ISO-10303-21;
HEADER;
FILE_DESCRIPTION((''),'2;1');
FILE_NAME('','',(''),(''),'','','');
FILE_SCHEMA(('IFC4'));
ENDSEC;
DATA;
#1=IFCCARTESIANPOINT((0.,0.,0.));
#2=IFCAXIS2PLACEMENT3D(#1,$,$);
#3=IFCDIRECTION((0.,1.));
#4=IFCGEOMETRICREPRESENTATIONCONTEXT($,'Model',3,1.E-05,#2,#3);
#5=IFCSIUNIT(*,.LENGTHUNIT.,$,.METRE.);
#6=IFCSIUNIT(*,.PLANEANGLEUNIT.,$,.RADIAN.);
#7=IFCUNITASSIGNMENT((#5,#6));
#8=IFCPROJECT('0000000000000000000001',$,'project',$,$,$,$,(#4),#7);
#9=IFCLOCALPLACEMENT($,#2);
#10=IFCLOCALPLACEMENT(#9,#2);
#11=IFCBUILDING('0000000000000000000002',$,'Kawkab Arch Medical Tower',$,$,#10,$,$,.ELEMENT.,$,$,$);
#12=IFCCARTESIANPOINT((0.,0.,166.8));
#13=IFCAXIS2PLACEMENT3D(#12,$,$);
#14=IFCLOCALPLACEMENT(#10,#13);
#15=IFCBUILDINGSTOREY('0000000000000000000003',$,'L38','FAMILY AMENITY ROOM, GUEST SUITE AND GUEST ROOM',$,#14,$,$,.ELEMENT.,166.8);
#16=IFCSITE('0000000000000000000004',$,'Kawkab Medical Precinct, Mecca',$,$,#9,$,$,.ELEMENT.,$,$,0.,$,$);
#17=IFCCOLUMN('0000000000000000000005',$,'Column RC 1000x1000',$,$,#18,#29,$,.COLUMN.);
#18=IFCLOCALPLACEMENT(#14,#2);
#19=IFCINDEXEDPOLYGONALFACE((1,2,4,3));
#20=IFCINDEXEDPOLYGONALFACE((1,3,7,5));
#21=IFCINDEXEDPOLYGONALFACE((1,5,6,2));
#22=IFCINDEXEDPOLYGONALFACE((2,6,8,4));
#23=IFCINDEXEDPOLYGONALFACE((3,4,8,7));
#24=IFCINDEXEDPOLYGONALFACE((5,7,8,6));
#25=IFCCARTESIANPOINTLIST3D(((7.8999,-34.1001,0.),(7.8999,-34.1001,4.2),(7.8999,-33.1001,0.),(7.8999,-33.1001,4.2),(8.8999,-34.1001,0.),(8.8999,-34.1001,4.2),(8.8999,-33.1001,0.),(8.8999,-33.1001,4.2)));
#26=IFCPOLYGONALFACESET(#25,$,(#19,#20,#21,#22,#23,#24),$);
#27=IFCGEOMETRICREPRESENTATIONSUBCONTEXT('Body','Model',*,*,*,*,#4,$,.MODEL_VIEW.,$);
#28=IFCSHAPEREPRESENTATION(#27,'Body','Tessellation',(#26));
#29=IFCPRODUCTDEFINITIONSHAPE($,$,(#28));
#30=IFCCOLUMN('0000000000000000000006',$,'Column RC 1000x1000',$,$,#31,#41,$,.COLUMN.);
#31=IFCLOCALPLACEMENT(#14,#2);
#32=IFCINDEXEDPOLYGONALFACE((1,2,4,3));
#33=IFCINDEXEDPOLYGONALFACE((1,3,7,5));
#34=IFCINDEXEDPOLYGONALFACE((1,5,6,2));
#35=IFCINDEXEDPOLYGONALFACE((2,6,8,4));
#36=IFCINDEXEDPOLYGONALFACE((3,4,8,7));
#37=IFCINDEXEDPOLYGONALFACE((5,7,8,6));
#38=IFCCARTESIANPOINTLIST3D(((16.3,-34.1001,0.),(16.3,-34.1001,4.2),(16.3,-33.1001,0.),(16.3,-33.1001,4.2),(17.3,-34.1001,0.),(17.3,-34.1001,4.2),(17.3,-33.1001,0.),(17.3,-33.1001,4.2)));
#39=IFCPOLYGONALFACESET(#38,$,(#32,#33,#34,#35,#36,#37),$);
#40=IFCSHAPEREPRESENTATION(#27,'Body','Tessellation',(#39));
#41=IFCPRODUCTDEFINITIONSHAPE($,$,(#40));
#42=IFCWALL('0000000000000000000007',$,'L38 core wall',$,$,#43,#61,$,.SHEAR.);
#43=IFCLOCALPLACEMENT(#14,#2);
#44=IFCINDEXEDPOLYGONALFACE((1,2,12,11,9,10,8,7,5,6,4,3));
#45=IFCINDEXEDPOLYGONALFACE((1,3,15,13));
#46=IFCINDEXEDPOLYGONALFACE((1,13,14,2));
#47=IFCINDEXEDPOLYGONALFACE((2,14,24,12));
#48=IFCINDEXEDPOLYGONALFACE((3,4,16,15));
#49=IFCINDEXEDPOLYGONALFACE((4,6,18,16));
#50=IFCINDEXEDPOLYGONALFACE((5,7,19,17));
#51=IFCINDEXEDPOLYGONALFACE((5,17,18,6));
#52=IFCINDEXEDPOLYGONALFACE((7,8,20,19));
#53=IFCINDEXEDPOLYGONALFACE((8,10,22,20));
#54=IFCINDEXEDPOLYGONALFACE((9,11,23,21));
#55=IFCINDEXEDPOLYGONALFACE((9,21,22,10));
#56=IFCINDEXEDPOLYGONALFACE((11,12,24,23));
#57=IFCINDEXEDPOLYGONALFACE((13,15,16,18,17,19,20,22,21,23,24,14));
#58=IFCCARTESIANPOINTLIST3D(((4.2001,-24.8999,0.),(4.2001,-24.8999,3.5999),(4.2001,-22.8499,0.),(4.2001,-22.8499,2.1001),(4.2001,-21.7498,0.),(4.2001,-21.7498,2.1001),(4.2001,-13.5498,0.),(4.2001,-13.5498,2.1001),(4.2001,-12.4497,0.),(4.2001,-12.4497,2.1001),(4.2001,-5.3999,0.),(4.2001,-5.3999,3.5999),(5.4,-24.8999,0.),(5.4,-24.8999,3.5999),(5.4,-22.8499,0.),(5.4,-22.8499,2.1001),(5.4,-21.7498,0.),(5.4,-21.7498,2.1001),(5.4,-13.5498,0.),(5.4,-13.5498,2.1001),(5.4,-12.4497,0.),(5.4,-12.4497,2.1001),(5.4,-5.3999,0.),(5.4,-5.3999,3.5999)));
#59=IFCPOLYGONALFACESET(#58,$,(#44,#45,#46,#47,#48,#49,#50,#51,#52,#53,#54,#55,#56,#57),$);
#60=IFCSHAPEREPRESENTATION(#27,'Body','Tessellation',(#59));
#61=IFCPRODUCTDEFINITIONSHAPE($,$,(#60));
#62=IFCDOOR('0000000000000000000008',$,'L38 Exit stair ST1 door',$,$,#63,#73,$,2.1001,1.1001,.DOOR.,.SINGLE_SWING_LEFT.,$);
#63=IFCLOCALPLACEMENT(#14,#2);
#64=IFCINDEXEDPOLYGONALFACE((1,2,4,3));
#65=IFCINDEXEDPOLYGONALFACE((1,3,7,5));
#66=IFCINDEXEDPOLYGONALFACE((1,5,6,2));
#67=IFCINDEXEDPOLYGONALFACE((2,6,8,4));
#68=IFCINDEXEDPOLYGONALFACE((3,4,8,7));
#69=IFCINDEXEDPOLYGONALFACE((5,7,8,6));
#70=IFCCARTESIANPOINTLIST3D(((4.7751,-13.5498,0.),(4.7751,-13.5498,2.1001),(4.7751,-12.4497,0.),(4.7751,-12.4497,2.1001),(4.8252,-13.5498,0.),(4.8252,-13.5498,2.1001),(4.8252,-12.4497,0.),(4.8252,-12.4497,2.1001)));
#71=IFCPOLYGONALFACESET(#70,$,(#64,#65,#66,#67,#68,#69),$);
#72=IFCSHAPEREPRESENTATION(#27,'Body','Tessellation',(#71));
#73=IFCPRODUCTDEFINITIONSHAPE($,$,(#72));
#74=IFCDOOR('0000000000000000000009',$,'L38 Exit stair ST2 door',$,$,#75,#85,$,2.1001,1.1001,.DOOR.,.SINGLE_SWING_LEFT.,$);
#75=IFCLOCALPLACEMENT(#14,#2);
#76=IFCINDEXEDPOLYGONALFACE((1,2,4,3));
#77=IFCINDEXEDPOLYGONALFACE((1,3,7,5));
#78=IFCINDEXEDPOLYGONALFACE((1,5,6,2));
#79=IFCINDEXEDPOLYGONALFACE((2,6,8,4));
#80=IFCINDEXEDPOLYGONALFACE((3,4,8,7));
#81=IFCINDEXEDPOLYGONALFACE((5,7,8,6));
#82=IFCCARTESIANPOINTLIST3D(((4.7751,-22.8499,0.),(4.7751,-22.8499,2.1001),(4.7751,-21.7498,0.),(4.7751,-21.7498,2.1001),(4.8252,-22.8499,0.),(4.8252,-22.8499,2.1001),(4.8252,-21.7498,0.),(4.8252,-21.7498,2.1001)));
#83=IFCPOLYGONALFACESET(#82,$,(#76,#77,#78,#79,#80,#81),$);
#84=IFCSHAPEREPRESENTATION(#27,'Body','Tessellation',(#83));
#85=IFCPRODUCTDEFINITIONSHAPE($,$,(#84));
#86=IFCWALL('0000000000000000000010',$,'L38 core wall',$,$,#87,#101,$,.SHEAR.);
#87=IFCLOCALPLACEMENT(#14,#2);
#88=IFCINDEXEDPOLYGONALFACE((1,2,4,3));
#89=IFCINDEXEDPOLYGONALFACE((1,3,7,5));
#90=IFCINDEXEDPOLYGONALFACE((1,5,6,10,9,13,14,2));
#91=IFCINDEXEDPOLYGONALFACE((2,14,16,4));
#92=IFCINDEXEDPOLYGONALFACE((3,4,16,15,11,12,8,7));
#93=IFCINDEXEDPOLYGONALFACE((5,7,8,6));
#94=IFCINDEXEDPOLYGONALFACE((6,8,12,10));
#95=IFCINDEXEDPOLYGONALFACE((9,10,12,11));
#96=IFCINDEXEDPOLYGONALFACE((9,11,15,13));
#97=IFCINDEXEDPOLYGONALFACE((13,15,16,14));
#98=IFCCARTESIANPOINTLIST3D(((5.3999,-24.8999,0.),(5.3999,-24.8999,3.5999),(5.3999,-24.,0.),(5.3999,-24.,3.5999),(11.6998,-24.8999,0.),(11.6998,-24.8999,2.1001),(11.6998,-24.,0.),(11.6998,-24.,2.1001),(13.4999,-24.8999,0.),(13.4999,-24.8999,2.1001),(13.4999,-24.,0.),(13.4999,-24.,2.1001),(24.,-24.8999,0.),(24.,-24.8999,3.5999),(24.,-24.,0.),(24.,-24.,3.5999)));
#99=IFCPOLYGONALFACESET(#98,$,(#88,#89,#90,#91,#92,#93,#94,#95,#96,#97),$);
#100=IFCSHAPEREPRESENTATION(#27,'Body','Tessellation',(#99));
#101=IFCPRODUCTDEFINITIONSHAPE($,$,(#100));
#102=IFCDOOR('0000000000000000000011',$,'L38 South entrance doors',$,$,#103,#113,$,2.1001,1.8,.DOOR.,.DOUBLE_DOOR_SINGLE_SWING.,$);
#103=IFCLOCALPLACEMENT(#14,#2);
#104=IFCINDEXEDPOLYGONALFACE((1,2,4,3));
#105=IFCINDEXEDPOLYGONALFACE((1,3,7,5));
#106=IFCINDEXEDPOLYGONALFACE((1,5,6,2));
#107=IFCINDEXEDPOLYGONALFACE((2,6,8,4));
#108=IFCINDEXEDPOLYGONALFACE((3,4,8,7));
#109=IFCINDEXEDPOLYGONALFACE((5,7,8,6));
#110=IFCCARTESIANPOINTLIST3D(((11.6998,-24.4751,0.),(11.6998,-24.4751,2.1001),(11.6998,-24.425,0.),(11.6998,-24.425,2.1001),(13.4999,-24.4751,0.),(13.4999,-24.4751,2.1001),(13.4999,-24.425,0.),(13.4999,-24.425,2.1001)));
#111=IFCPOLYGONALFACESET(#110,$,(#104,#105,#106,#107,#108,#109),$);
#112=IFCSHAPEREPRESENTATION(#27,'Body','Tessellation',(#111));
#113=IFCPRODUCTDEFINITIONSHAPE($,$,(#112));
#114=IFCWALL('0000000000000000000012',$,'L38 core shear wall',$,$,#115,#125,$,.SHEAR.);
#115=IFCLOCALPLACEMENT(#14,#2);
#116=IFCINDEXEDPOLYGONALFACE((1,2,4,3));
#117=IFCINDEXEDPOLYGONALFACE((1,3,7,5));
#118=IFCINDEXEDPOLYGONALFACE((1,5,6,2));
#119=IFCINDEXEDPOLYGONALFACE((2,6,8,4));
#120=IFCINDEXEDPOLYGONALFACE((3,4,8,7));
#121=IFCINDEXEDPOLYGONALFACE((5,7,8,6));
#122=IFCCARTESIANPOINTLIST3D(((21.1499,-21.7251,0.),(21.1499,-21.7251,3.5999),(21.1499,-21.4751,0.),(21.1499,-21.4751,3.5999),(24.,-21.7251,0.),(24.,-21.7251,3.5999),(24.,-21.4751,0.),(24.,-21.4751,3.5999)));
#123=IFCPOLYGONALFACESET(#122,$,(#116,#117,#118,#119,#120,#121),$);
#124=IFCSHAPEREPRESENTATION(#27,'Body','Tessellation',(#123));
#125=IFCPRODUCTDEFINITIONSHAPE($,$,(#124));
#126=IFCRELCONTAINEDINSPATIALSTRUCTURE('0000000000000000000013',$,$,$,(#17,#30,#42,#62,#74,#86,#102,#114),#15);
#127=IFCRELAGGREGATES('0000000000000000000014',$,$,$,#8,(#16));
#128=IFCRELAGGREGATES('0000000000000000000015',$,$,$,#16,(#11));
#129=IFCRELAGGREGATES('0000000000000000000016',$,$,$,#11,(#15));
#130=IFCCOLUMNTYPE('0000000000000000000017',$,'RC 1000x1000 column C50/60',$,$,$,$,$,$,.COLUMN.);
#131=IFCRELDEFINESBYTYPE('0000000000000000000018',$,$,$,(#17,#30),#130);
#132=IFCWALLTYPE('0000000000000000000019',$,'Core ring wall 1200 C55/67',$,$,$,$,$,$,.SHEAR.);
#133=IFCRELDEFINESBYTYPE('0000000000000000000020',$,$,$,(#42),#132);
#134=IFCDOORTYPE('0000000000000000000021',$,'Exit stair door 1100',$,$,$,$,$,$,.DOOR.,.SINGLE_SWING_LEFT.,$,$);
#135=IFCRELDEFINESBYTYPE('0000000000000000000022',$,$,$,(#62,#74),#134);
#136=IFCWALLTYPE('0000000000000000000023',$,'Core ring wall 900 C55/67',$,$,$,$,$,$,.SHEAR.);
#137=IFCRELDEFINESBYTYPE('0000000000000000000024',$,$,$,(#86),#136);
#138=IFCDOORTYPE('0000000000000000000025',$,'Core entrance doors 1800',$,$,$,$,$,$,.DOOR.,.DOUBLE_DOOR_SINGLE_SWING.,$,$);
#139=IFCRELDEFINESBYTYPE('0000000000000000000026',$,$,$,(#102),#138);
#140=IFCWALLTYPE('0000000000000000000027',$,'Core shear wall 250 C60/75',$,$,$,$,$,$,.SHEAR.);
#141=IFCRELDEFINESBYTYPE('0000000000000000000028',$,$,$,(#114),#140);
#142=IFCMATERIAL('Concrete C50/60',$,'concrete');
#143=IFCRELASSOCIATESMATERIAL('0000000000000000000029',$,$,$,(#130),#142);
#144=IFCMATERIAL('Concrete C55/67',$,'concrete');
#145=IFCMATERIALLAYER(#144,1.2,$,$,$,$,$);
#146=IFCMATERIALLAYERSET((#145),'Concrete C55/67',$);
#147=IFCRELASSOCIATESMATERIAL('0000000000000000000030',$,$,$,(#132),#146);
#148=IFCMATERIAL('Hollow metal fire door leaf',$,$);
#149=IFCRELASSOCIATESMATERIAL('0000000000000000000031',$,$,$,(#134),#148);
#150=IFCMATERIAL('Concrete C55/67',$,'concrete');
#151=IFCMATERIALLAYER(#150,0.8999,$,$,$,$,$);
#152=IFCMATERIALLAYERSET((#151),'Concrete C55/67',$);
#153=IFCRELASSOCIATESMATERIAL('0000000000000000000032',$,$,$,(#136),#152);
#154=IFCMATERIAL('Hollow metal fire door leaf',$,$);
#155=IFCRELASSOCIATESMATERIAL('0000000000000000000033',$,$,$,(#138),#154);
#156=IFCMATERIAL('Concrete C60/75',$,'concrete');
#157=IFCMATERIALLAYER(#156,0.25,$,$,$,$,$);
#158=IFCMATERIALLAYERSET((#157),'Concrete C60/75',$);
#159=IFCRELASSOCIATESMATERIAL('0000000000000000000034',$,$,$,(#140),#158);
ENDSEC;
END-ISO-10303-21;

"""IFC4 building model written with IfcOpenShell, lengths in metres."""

from ifc_helpers import new_model, si_unit, direction, frame, frame_2d, origin, origin_2d, place, context, subcontext, project, spatial, rectangle, extrude, material, layer, layer_set, material_profile, profile_set, type_object, element, fill, save


model = new_model("IFC4")

# Units and contexts
model_context = context("Model", 3, precision=1e-05, world=origin(), true_north=direction((0.0, 1.0)))
body_context = subcontext(model_context, "Body", "Model", "MODEL_VIEW")
ifc_project = project(units=[si_unit("LENGTHUNIT", "METRE"), si_unit("PLANEANGLEUNIT", "RADIAN")], contexts=[model_context])

# Site, building, storey
site_placement = place(None, origin())
site = spatial("IfcSite", under=ifc_project, at=site_placement, Name="Kawkab Medical Precinct, Mecca", CompositionType="ELEMENT", RefElevation=0.0)
building_placement = place(site_placement, origin())
building = spatial("IfcBuilding", under=site, at=building_placement, Name="Kawkab Arch Medical Tower", CompositionType="ELEMENT")
storey_placement = place(building_placement, frame((0.0, 0.0, 166.8)))
storey = spatial("IfcBuildingStorey", under=building, at=storey_placement, Name="L38", Description="FAMILY AMENITY ROOM, GUEST SUITE AND GUEST ROOM", CompositionType="ELEMENT", Elevation=166.8)

# Columns
ifc_material_1 = material(Name="Concrete C50/60", Category="concrete")
ifc_material_profile = material_profile(ifc_material_1, rectangle(XDim=1.0, YDim=1.0, at=origin_2d()), Name="RC 1000x1000")
ifc_profile_set = profile_set([ifc_material_profile], Name="Concrete C50/60")
column_type = type_object("IfcColumnType", Name="RC 1000x1000 column C50/60", PredefinedType="COLUMN", material=ifc_profile_set)
for number, where, z_axis, x_axis, name in (
    (1, (8.3999, -33.6001, 0.0), (0.0, 0.0, 1.0), (1.0, 0.0, 0.0), "Column RC 1000x1000"),
    (2, (16.8, -33.6001, 0.0), (0.0, 0.0, 1.0), (1.0, 0.0, 0.0), "Column RC 1000x1000"),
):
    element("IfcColumn", number, at=place(storey_placement, frame(where, z_axis=z_axis, x_axis=x_axis)), inside=storey, type_object=column_type, Name=name, PredefinedType="COLUMN", context=body_context, shape_type="SweptSolid", body=[
        extrude(rectangle(XDim=1.0, YDim=1.0, at=origin_2d()), origin(), (0.0, 0.0, 1.0), 4.2),
    ])

# Wall, openings, doors
ifc_material_2 = material(Name="Concrete C55/67", Category="concrete")
ifc_layer_1 = layer(ifc_material_2, 1.2)
ifc_layer_set_1 = layer_set([ifc_layer_1], Name="Concrete C55/67")
wall_type_1 = type_object("IfcWallType", Name="Core ring wall 1200 C55/67", PredefinedType="SHEAR", material=ifc_layer_set_1)
wall_1_placement = place(storey_placement, frame((4.8, -24.8999, 0.0), z_axis=(0.0, 0.0, 1.0), x_axis=(0.0, 1.0, 0.0)))
wall_1 = element("IfcWall", 3, at=wall_1_placement, inside=storey, type_object=wall_type_1, Name="L38 core wall", PredefinedType="SHEAR", context=body_context, shape_type="SweptSolid", body=[
    extrude(rectangle(XDim=19.5, YDim=1.2, at=frame_2d((9.75, 0.0))), origin(), (0.0, 0.0, 1.0), 3.5999),
])
opening_1_placement = place(wall_1_placement, frame((11.3501, 0.0, 0.0)))
opening_1 = element("IfcOpeningElement", 4, at=opening_1_placement, cuts=wall_1, PredefinedType="OPENING", context=body_context, shape_type="SweptSolid", body=[
    extrude(rectangle(XDim=1.1001, YDim=2.1001, at=frame_2d((0.55, 1.05))), frame((0.0, 0.6099, 0.0), z_axis=(0.0, -1.0, 0.0), x_axis=(1.0, 0.0, 0.0)), (0.0, 0.0, 1.0), 1.22),
])
opening_2_placement = place(wall_1_placement, frame((2.05, 0.0, 0.0)))
opening_2 = element("IfcOpeningElement", 5, at=opening_2_placement, cuts=wall_1, PredefinedType="OPENING", context=body_context, shape_type="SweptSolid", body=[
    extrude(rectangle(XDim=1.1001, YDim=2.1001, at=frame_2d((0.55, 1.05))), frame((0.0, 0.6099, 0.0), z_axis=(0.0, -1.0, 0.0), x_axis=(1.0, 0.0, 0.0)), (0.0, 0.0, 1.0), 1.22),
])
ifc_material_3 = material(Name="Hollow metal fire door leaf")
door_type_1 = type_object("IfcDoorType", Name="Exit stair door 1100", OperationType="SINGLE_SWING_LEFT", PredefinedType="DOOR", material=ifc_material_3)
door_1_placement = place(opening_1_placement, origin())
door_1 = element("IfcDoor", 6, at=door_1_placement, inside=storey, type_object=door_type_1, Name="L38 Exit stair ST1 door", OperationType="SINGLE_SWING_LEFT", OverallHeight=2.1001, OverallWidth=1.1001, PredefinedType="DOOR", context=body_context, shape_type="SweptSolid", body=[
    extrude(rectangle(XDim=1.1001, YDim=2.1001, at=frame_2d((0.55, 1.05))), frame((0.0, 0.0249, 0.0), z_axis=(0.0, -1.0, 0.0), x_axis=(1.0, 0.0, 0.0)), (0.0, 0.0, 1.0), 0.05),
])
fill(opening_1, door_1)
door_2_placement = place(opening_2_placement, origin())
door_2 = element("IfcDoor", 7, at=door_2_placement, inside=storey, type_object=door_type_1, Name="L38 Exit stair ST2 door", OperationType="SINGLE_SWING_LEFT", OverallHeight=2.1001, OverallWidth=1.1001, PredefinedType="DOOR", context=body_context, shape_type="SweptSolid", body=[
    extrude(rectangle(XDim=1.1001, YDim=2.1001, at=frame_2d((0.55, 1.05))), frame((0.0, 0.0249, 0.0), z_axis=(0.0, -1.0, 0.0), x_axis=(1.0, 0.0, 0.0)), (0.0, 0.0, 1.0), 0.05),
])
fill(opening_2, door_2)

# Wall, opening, door
ifc_material_4 = material(Name="Concrete C55/67", Category="concrete")
ifc_layer_2 = layer(ifc_material_4, 0.8999)
ifc_layer_set_2 = layer_set([ifc_layer_2], Name="Concrete C55/67")
wall_type_2 = type_object("IfcWallType", Name="Core ring wall 900 C55/67", PredefinedType="SHEAR", material=ifc_layer_set_2)
wall_2_placement = place(storey_placement, frame((5.3999, -24.45, 0.0), z_axis=(0.0, 0.0, 1.0), x_axis=(1.0, 0.0, 0.0)))
wall_2 = element("IfcWall", 8, at=wall_2_placement, inside=storey, type_object=wall_type_2, Name="L38 core wall", PredefinedType="SHEAR", context=body_context, shape_type="SweptSolid", body=[
    extrude(rectangle(XDim=18.6001, YDim=0.8999, at=frame_2d((9.3, 0.0))), origin(), (0.0, 0.0, 1.0), 3.5999),
])
opening_3_placement = place(wall_2_placement, frame((6.3, 0.0, 0.0)))
opening_3 = element("IfcOpeningElement", 9, at=opening_3_placement, cuts=wall_2, PredefinedType="OPENING", context=body_context, shape_type="SweptSolid", body=[
    extrude(rectangle(XDim=1.8, YDim=2.1001, at=frame_2d((0.8999, 1.05))), frame((0.0, 0.46, 0.0), z_axis=(0.0, -1.0, 0.0), x_axis=(1.0, 0.0, 0.0)), (0.0, 0.0, 1.0), 0.9199),
])
ifc_material_5 = material(Name="Hollow metal fire door leaf")
door_type_2 = type_object("IfcDoorType", Name="Core entrance doors 1800", OperationType="DOUBLE_DOOR_SINGLE_SWING", PredefinedType="DOOR", material=ifc_material_5)
door_3_placement = place(opening_3_placement, origin())
door_3 = element("IfcDoor", 10, at=door_3_placement, inside=storey, type_object=door_type_2, Name="L38 South entrance doors", OperationType="DOUBLE_DOOR_SINGLE_SWING", OverallHeight=2.1001, OverallWidth=1.8, PredefinedType="DOOR", context=body_context, shape_type="SweptSolid", body=[
    extrude(rectangle(XDim=1.8, YDim=2.1001, at=frame_2d((0.8999, 1.05))), frame((0.0, 0.0249, 0.0), z_axis=(0.0, -1.0, 0.0), x_axis=(1.0, 0.0, 0.0)), (0.0, 0.0, 1.0), 0.05),
])
fill(opening_3, door_3)

# Wall
ifc_material_6 = material(Name="Concrete C60/75", Category="concrete")
ifc_layer_3 = layer(ifc_material_6, 0.25)
ifc_layer_set_3 = layer_set([ifc_layer_3], Name="Concrete C60/75")
wall_type_3 = type_object("IfcWallType", Name="Core shear wall 250 C60/75", PredefinedType="SHEAR", material=ifc_layer_set_3)
wall_3_placement = place(storey_placement, frame((21.1499, -21.6001, 0.0), z_axis=(0.0, 0.0, 1.0), x_axis=(1.0, 0.0, 0.0)))
element("IfcWall", 11, at=wall_3_placement, inside=storey, type_object=wall_type_3, Name="L38 core shear wall", PredefinedType="SHEAR", context=body_context, shape_type="SweptSolid", body=[
    extrude(rectangle(XDim=2.8501, YDim=0.25, at=frame_2d((1.425, 0.0))), origin(), (0.0, 0.0, 1.0), 3.5999),
])

save(model, "model.ifc")
